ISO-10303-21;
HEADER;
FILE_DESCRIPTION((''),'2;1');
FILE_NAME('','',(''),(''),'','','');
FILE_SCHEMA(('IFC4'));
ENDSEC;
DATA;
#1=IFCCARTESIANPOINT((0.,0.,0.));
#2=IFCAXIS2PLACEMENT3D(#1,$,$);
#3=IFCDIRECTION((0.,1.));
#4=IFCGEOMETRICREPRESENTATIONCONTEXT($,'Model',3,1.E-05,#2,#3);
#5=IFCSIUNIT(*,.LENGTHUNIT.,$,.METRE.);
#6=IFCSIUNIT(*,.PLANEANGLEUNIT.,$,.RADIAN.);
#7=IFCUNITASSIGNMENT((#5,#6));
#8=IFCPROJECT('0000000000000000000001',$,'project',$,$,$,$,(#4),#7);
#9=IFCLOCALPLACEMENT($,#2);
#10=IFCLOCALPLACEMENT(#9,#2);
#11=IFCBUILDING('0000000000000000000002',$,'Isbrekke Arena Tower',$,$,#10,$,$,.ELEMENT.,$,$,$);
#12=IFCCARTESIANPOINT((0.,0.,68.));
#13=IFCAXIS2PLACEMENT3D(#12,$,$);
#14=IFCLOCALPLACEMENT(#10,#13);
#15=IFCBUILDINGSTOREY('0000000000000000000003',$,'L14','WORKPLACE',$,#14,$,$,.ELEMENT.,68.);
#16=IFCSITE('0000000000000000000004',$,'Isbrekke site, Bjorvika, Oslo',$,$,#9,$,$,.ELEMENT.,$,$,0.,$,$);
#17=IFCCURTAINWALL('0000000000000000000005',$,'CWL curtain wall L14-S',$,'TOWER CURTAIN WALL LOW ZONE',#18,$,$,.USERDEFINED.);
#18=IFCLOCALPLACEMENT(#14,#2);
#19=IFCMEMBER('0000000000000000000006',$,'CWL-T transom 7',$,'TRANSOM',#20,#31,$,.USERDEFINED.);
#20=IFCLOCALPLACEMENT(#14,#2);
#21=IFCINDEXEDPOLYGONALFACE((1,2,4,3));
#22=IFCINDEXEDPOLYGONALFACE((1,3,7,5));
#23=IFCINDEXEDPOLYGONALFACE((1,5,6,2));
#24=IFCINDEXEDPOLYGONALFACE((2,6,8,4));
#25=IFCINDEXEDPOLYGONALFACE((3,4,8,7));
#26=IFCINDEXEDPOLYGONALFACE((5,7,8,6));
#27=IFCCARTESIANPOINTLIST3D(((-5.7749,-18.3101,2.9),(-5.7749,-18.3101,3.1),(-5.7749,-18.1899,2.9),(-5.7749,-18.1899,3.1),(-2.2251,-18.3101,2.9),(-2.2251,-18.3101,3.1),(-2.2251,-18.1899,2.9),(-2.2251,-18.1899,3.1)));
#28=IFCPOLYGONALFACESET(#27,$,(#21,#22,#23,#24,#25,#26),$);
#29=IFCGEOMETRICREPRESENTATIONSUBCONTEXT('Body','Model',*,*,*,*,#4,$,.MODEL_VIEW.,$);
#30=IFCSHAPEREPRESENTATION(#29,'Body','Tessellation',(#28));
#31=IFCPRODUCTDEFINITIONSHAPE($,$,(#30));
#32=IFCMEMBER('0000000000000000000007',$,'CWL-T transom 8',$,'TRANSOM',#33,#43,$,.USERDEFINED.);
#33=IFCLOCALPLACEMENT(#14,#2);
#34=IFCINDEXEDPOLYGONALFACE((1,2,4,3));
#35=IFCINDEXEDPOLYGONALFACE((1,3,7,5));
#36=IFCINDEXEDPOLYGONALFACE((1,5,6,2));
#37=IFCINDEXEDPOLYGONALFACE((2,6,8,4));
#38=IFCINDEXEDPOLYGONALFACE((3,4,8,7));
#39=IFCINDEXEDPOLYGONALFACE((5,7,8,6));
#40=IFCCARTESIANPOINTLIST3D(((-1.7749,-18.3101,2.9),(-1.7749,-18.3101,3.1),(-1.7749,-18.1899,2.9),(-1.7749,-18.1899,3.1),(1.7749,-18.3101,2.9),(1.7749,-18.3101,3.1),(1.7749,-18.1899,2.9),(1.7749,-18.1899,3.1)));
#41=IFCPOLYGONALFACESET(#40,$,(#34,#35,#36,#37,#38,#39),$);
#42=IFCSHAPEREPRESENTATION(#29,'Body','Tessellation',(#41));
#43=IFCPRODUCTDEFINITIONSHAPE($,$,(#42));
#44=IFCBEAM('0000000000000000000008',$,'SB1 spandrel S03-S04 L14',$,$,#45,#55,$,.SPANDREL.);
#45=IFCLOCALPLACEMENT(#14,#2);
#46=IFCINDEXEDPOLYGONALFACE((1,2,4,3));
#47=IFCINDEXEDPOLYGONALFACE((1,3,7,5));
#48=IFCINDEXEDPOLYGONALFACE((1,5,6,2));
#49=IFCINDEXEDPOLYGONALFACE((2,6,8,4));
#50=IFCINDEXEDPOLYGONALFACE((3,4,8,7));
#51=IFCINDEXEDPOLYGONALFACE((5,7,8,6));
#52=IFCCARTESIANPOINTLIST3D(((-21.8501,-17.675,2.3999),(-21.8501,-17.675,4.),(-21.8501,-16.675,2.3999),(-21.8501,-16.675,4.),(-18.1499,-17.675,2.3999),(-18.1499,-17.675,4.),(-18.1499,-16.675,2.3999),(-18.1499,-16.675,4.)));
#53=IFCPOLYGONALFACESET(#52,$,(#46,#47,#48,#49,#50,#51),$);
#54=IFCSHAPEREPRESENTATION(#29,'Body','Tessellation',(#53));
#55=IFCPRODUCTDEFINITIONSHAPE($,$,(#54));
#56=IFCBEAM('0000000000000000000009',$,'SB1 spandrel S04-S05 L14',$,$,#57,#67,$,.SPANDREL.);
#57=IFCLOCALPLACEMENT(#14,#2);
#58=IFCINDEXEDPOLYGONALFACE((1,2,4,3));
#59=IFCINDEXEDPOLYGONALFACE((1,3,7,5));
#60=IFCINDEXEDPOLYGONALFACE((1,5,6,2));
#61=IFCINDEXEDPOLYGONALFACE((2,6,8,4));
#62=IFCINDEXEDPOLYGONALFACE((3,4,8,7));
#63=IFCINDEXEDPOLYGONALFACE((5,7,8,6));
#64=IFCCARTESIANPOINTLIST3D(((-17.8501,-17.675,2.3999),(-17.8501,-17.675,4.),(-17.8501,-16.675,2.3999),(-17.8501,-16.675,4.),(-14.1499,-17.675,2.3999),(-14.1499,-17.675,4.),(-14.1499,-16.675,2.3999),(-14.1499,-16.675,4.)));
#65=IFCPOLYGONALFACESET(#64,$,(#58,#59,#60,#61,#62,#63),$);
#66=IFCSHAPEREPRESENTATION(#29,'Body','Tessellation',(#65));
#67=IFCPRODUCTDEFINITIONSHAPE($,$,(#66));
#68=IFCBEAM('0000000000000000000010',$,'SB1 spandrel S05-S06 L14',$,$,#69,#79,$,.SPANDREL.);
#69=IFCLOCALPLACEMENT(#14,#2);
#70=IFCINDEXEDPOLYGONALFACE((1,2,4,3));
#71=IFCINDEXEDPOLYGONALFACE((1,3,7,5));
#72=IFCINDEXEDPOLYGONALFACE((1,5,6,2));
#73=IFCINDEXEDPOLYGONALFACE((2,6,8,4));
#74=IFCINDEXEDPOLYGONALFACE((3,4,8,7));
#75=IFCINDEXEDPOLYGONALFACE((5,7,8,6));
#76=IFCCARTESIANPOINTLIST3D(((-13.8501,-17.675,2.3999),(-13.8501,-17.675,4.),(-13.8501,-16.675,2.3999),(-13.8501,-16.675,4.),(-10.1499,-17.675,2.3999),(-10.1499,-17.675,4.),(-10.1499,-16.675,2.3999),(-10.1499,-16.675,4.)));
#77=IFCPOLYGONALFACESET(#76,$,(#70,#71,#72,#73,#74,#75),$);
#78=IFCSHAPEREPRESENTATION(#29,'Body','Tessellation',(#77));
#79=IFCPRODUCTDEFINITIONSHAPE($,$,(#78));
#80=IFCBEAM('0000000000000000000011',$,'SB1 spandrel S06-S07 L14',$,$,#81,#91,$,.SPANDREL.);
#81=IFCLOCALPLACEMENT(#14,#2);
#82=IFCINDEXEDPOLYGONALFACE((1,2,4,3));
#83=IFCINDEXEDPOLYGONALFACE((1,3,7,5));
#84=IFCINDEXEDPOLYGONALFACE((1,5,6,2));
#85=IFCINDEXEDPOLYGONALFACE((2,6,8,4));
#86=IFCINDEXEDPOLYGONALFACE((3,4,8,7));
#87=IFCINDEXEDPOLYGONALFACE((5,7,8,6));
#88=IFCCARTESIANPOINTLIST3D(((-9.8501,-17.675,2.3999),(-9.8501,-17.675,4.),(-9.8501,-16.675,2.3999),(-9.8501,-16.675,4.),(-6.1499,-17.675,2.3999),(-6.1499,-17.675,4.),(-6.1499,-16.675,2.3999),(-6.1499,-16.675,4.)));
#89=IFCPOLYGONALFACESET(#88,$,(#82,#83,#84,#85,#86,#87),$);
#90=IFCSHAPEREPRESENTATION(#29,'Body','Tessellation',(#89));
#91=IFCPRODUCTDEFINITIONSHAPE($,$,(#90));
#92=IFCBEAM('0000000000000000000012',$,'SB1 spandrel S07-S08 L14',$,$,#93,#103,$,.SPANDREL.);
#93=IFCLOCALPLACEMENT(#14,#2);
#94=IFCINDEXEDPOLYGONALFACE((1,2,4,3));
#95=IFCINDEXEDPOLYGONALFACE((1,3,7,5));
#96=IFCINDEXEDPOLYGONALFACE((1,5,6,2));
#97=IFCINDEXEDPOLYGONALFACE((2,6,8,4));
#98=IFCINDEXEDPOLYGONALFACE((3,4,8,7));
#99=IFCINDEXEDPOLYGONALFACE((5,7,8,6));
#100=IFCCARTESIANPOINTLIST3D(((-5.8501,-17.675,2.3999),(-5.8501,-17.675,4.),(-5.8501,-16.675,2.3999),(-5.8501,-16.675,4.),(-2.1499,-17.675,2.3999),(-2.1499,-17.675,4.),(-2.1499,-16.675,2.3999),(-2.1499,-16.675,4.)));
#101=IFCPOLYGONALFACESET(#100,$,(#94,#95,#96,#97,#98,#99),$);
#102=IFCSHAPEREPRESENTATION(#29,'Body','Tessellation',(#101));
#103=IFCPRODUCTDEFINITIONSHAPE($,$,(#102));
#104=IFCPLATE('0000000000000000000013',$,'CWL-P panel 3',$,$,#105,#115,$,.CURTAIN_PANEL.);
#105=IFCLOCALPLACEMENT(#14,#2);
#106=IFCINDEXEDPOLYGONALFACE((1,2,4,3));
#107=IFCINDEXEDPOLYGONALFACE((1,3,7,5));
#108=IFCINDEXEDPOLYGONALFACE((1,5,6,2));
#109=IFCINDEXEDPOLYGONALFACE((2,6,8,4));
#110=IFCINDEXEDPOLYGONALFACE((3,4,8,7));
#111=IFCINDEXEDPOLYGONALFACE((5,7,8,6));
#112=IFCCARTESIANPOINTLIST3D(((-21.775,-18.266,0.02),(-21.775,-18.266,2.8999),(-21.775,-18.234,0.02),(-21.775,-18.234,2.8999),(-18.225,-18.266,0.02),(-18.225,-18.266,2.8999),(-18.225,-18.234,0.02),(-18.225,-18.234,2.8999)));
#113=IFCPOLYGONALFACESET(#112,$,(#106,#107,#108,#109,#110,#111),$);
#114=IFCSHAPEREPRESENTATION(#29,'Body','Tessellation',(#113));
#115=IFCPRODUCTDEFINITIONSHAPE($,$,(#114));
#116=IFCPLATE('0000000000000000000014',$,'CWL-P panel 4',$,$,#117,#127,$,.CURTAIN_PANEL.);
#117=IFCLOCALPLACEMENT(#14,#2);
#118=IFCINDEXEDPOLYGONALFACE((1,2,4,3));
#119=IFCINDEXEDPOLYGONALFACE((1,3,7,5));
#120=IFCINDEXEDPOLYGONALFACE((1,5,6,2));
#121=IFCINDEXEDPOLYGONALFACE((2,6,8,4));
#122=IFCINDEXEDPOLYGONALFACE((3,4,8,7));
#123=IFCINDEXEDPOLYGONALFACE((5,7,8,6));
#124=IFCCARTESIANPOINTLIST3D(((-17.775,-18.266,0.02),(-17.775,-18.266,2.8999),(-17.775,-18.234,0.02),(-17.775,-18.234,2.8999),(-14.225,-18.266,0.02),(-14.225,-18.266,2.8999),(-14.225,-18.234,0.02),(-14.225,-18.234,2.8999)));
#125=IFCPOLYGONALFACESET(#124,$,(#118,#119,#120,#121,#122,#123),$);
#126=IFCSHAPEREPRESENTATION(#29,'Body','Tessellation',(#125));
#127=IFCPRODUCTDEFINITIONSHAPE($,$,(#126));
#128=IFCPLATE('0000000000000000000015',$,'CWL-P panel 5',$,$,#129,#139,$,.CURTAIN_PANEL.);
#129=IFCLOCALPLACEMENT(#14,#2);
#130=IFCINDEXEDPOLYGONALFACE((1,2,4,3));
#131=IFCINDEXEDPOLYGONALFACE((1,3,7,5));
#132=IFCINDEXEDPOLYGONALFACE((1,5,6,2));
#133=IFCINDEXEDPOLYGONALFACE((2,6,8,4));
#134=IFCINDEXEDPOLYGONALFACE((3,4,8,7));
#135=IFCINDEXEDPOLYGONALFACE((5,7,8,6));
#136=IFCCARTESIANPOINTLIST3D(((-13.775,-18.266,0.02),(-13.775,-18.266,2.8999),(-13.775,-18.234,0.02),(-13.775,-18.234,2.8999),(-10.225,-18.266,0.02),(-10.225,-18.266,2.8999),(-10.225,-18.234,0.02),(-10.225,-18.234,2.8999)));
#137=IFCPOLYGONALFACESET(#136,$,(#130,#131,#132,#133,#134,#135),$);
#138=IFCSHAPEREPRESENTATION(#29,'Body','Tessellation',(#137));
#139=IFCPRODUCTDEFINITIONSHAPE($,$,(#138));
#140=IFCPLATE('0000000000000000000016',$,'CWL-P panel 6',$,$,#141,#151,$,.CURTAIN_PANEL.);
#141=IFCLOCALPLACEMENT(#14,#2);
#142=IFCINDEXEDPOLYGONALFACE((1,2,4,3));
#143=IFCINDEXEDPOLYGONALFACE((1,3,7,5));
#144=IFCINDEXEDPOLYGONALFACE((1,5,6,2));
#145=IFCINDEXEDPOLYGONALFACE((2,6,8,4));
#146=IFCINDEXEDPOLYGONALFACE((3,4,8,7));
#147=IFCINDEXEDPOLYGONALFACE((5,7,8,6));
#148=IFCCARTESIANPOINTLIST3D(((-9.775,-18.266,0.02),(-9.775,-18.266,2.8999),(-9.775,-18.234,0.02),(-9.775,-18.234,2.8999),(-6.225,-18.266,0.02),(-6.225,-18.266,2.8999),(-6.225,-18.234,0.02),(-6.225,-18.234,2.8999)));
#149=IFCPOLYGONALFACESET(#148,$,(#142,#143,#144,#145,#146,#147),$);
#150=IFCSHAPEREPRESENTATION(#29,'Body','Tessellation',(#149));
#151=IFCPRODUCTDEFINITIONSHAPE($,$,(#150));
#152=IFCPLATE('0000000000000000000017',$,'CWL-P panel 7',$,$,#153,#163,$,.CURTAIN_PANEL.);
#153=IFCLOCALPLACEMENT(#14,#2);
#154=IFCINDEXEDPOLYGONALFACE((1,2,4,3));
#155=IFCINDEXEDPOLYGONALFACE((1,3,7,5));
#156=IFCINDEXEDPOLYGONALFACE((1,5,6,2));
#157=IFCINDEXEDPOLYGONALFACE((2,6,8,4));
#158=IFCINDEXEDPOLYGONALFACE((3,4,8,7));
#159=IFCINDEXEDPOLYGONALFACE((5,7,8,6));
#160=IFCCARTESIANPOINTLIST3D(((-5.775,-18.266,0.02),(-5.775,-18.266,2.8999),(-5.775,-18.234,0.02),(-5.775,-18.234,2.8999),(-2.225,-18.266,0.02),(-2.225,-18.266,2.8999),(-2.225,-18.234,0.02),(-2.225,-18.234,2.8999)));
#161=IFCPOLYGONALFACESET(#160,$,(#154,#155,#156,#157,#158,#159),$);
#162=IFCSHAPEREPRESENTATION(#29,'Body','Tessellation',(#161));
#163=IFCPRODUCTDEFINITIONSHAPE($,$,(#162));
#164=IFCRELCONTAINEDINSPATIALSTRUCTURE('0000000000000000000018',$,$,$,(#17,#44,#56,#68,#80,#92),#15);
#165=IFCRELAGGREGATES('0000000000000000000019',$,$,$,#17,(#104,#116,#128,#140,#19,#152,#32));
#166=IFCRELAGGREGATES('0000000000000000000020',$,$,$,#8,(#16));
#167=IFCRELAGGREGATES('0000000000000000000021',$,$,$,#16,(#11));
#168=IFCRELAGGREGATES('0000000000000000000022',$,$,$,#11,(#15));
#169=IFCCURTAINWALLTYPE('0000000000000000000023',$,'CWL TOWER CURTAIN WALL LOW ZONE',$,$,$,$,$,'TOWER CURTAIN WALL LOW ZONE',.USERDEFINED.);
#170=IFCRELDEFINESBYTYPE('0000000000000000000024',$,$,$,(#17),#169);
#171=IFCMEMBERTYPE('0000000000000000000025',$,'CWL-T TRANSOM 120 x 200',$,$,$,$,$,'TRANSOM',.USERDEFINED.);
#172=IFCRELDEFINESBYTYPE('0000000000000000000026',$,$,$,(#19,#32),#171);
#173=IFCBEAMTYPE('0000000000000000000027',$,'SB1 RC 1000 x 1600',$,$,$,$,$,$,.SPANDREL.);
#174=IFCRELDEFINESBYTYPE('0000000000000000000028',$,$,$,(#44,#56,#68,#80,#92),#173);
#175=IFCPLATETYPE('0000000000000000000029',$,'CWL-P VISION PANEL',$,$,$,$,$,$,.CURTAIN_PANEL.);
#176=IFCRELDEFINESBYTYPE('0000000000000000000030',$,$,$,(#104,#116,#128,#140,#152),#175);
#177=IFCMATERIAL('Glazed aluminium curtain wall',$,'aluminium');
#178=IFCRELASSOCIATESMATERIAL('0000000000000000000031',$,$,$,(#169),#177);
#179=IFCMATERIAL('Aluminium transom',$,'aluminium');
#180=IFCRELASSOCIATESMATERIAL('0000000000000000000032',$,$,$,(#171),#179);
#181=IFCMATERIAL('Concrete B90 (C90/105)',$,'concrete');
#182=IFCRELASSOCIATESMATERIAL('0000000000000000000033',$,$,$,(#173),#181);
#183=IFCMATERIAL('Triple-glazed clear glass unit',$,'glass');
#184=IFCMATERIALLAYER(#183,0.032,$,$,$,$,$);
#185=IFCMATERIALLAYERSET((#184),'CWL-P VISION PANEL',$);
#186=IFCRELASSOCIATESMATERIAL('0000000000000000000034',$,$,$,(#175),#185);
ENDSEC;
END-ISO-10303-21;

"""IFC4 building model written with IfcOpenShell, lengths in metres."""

from ifc_helpers import new_model, si_unit, direction, frame, origin, origin_2d, place, context, subcontext, project, spatial, rectangle, extrude, material, layer, layer_set, material_profile, profile_set, type_object, element, aggregate, save


model = new_model("IFC4")

# Units and contexts
model_context = context("Model", 3, precision=1e-05, world=origin(), true_north=direction((0.0, 1.0)))
body_context = subcontext(model_context, "Body", "Model", "MODEL_VIEW")
ifc_project = project(units=[si_unit("LENGTHUNIT", "METRE"), si_unit("PLANEANGLEUNIT", "RADIAN")], contexts=[model_context])

# Site, building, storey
site_placement = place(None, origin())
site = spatial("IfcSite", under=ifc_project, at=site_placement, Name="Isbrekke site, Bjorvika, Oslo", CompositionType="ELEMENT", RefElevation=0.0)
building_placement = place(site_placement, origin())
building = spatial("IfcBuilding", under=site, at=building_placement, Name="Isbrekke Arena Tower", CompositionType="ELEMENT")
storey_placement = place(building_placement, frame((0.0, 0.0, 68.0)))
storey = spatial("IfcBuildingStorey", under=building, at=storey_placement, Name="L14", Description="WORKPLACE", CompositionType="ELEMENT", Elevation=68.0)

# Curtain wall, members
ifc_material_1 = material(Name="Glazed aluminium curtain wall", Category="aluminium")
curtain_wall_type = type_object("IfcCurtainWallType", Name="CWL TOWER CURTAIN WALL LOW ZONE", ElementType="TOWER CURTAIN WALL LOW ZONE", PredefinedType="USERDEFINED", material=ifc_material_1)
curtain_wall_placement = place(storey_placement, origin())
curtain_wall = element("IfcCurtainWall", 1, at=curtain_wall_placement, inside=storey, type_object=curtain_wall_type, Name="CWL curtain wall L14-S", ObjectType="TOWER CURTAIN WALL LOW ZONE", PredefinedType="USERDEFINED")
ifc_material_2 = material(Name="Aluminium transom", Category="aluminium")
ifc_material_profile_1 = material_profile(ifc_material_2, rectangle(XDim=0.1201, YDim=0.2, at=origin_2d()), Name="TRANSOM 120X200")
ifc_profile_set_1 = profile_set([ifc_material_profile_1], Name="Aluminium transom")
member_type_1 = type_object("IfcMemberType", Name="CWL-T TRANSOM 120 x 200", ElementType="TRANSOM", PredefinedType="USERDEFINED", material=ifc_profile_set_1)
member_1_placement = place(storey_placement, frame((-5.7749, -18.25, 3.0), z_axis=(1.0, 0.0, 0.0), x_axis=(0.0, 1.0, 0.0)))
member_1 = element("IfcMember", 2, at=member_1_placement, type_object=member_type_1, Name="CWL-T transom 7", ObjectType="TRANSOM", PredefinedType="USERDEFINED", context=body_context, shape_type="SweptSolid", body=[
    extrude(rectangle(XDim=0.1201, YDim=0.2, at=origin_2d()), origin(), (0.0, 0.0, 1.0), 3.5498),
])
member_2_placement = place(storey_placement, frame((-1.7749, -18.25, 3.0), z_axis=(1.0, 0.0, 0.0), x_axis=(0.0, 1.0, 0.0)))
member_2 = element("IfcMember", 3, at=member_2_placement, type_object=member_type_1, Name="CWL-T transom 8", ObjectType="TRANSOM", PredefinedType="USERDEFINED", context=body_context, shape_type="SweptSolid", body=[
    extrude(rectangle(XDim=0.1201, YDim=0.2, at=origin_2d()), origin(), (0.0, 0.0, 1.0), 3.5498),
])

# Beams
ifc_material_3 = material(Name="Concrete B90 (C90/105)", Category="concrete")
ifc_material_profile_2 = material_profile(ifc_material_3, rectangle(XDim=1.0, YDim=1.6001, at=origin_2d()), Name="RC 1000x1600")
ifc_profile_set_2 = profile_set([ifc_material_profile_2], Name="Concrete B90 (C90/105)")
beam_type = type_object("IfcBeamType", Name="SB1 RC 1000 x 1600", PredefinedType="SPANDREL", material=ifc_profile_set_2)
for number, where, z_axis, x_axis, name in (
    (4, (-21.8501, -17.175, 3.2), (1.0, 0.0, 0.0), (0.0, 1.0, 0.0), "SB1 spandrel S03-S04 L14"),
    (5, (-17.8501, -17.175, 3.2), (1.0, 0.0, 0.0), (0.0, 1.0, 0.0), "SB1 spandrel S04-S05 L14"),
    (6, (-13.8501, -17.175, 3.2), (1.0, 0.0, 0.0), (0.0, 1.0, 0.0), "SB1 spandrel S05-S06 L14"),
    (7, (-9.8501, -17.175, 3.2), (1.0, 0.0, 0.0), (0.0, 1.0, 0.0), "SB1 spandrel S06-S07 L14"),
    (8, (-5.8501, -17.175, 3.2), (1.0, 0.0, 0.0), (0.0, 1.0, 0.0), "SB1 spandrel S07-S08 L14"),
):
    element("IfcBeam", number, at=place(storey_placement, frame(where, z_axis=z_axis, x_axis=x_axis)), inside=storey, type_object=beam_type, Name=name, PredefinedType="SPANDREL", context=body_context, shape_type="SweptSolid", body=[
        extrude(rectangle(XDim=1.0, YDim=1.6001, at=origin_2d()), origin(), (0.0, 0.0, 1.0), 3.7002),
    ])

# Plates
ifc_material_4 = material(Name="Triple-glazed clear glass unit", Category="glass")
ifc_layer = layer(ifc_material_4, 0.032)
ifc_layer_set = layer_set([ifc_layer], Name="CWL-P VISION PANEL")
plate_type = type_object("IfcPlateType", Name="CWL-P VISION PANEL", PredefinedType="CURTAIN_PANEL", material=ifc_layer_set)
plate_1_placement = place(storey_placement, frame((-20.0, -18.25, 0.02), z_axis=(0.0, 0.0, 1.0), x_axis=(1.0, 0.0, 0.0)))
plate_1 = element("IfcPlate", 9, at=plate_1_placement, type_object=plate_type, Name="CWL-P panel 3", PredefinedType="CURTAIN_PANEL", context=body_context, shape_type="SweptSolid", body=[
    extrude(rectangle(XDim=3.55, YDim=0.032, at=origin_2d()), origin(), (0.0, 0.0, 1.0), 2.8799),
])
plate_2_placement = place(storey_placement, frame((-16.0, -18.25, 0.02), z_axis=(0.0, 0.0, 1.0), x_axis=(1.0, 0.0, 0.0)))
plate_2 = element("IfcPlate", 10, at=plate_2_placement, type_object=plate_type, Name="CWL-P panel 4", PredefinedType="CURTAIN_PANEL", context=body_context, shape_type="SweptSolid", body=[
    extrude(rectangle(XDim=3.55, YDim=0.032, at=origin_2d()), origin(), (0.0, 0.0, 1.0), 2.8799),
])
plate_3_placement = place(storey_placement, frame((-12.0, -18.25, 0.02), z_axis=(0.0, 0.0, 1.0), x_axis=(1.0, 0.0, 0.0)))
plate_3 = element("IfcPlate", 11, at=plate_3_placement, type_object=plate_type, Name="CWL-P panel 5", PredefinedType="CURTAIN_PANEL", context=body_context, shape_type="SweptSolid", body=[
    extrude(rectangle(XDim=3.55, YDim=0.032, at=origin_2d()), origin(), (0.0, 0.0, 1.0), 2.8799),
])
plate_4_placement = place(storey_placement, frame((-8.0, -18.25, 0.02), z_axis=(0.0, 0.0, 1.0), x_axis=(1.0, 0.0, 0.0)))
plate_4 = element("IfcPlate", 12, at=plate_4_placement, type_object=plate_type, Name="CWL-P panel 6", PredefinedType="CURTAIN_PANEL", context=body_context, shape_type="SweptSolid", body=[
    extrude(rectangle(XDim=3.55, YDim=0.032, at=origin_2d()), origin(), (0.0, 0.0, 1.0), 2.8799),
])
plate_5_placement = place(storey_placement, frame((-4.0, -18.25, 0.02), z_axis=(0.0, 0.0, 1.0), x_axis=(1.0, 0.0, 0.0)))
plate_5 = element("IfcPlate", 13, at=plate_5_placement, type_object=plate_type, Name="CWL-P panel 7", PredefinedType="CURTAIN_PANEL", context=body_context, shape_type="SweptSolid", body=[
    extrude(rectangle(XDim=3.55, YDim=0.032, at=origin_2d()), origin(), (0.0, 0.0, 1.0), 2.8799),
])
aggregate(curtain_wall, [plate_1, plate_2, plate_3, plate_4, member_1, plate_5, member_2])

save(model, "model.ifc")
